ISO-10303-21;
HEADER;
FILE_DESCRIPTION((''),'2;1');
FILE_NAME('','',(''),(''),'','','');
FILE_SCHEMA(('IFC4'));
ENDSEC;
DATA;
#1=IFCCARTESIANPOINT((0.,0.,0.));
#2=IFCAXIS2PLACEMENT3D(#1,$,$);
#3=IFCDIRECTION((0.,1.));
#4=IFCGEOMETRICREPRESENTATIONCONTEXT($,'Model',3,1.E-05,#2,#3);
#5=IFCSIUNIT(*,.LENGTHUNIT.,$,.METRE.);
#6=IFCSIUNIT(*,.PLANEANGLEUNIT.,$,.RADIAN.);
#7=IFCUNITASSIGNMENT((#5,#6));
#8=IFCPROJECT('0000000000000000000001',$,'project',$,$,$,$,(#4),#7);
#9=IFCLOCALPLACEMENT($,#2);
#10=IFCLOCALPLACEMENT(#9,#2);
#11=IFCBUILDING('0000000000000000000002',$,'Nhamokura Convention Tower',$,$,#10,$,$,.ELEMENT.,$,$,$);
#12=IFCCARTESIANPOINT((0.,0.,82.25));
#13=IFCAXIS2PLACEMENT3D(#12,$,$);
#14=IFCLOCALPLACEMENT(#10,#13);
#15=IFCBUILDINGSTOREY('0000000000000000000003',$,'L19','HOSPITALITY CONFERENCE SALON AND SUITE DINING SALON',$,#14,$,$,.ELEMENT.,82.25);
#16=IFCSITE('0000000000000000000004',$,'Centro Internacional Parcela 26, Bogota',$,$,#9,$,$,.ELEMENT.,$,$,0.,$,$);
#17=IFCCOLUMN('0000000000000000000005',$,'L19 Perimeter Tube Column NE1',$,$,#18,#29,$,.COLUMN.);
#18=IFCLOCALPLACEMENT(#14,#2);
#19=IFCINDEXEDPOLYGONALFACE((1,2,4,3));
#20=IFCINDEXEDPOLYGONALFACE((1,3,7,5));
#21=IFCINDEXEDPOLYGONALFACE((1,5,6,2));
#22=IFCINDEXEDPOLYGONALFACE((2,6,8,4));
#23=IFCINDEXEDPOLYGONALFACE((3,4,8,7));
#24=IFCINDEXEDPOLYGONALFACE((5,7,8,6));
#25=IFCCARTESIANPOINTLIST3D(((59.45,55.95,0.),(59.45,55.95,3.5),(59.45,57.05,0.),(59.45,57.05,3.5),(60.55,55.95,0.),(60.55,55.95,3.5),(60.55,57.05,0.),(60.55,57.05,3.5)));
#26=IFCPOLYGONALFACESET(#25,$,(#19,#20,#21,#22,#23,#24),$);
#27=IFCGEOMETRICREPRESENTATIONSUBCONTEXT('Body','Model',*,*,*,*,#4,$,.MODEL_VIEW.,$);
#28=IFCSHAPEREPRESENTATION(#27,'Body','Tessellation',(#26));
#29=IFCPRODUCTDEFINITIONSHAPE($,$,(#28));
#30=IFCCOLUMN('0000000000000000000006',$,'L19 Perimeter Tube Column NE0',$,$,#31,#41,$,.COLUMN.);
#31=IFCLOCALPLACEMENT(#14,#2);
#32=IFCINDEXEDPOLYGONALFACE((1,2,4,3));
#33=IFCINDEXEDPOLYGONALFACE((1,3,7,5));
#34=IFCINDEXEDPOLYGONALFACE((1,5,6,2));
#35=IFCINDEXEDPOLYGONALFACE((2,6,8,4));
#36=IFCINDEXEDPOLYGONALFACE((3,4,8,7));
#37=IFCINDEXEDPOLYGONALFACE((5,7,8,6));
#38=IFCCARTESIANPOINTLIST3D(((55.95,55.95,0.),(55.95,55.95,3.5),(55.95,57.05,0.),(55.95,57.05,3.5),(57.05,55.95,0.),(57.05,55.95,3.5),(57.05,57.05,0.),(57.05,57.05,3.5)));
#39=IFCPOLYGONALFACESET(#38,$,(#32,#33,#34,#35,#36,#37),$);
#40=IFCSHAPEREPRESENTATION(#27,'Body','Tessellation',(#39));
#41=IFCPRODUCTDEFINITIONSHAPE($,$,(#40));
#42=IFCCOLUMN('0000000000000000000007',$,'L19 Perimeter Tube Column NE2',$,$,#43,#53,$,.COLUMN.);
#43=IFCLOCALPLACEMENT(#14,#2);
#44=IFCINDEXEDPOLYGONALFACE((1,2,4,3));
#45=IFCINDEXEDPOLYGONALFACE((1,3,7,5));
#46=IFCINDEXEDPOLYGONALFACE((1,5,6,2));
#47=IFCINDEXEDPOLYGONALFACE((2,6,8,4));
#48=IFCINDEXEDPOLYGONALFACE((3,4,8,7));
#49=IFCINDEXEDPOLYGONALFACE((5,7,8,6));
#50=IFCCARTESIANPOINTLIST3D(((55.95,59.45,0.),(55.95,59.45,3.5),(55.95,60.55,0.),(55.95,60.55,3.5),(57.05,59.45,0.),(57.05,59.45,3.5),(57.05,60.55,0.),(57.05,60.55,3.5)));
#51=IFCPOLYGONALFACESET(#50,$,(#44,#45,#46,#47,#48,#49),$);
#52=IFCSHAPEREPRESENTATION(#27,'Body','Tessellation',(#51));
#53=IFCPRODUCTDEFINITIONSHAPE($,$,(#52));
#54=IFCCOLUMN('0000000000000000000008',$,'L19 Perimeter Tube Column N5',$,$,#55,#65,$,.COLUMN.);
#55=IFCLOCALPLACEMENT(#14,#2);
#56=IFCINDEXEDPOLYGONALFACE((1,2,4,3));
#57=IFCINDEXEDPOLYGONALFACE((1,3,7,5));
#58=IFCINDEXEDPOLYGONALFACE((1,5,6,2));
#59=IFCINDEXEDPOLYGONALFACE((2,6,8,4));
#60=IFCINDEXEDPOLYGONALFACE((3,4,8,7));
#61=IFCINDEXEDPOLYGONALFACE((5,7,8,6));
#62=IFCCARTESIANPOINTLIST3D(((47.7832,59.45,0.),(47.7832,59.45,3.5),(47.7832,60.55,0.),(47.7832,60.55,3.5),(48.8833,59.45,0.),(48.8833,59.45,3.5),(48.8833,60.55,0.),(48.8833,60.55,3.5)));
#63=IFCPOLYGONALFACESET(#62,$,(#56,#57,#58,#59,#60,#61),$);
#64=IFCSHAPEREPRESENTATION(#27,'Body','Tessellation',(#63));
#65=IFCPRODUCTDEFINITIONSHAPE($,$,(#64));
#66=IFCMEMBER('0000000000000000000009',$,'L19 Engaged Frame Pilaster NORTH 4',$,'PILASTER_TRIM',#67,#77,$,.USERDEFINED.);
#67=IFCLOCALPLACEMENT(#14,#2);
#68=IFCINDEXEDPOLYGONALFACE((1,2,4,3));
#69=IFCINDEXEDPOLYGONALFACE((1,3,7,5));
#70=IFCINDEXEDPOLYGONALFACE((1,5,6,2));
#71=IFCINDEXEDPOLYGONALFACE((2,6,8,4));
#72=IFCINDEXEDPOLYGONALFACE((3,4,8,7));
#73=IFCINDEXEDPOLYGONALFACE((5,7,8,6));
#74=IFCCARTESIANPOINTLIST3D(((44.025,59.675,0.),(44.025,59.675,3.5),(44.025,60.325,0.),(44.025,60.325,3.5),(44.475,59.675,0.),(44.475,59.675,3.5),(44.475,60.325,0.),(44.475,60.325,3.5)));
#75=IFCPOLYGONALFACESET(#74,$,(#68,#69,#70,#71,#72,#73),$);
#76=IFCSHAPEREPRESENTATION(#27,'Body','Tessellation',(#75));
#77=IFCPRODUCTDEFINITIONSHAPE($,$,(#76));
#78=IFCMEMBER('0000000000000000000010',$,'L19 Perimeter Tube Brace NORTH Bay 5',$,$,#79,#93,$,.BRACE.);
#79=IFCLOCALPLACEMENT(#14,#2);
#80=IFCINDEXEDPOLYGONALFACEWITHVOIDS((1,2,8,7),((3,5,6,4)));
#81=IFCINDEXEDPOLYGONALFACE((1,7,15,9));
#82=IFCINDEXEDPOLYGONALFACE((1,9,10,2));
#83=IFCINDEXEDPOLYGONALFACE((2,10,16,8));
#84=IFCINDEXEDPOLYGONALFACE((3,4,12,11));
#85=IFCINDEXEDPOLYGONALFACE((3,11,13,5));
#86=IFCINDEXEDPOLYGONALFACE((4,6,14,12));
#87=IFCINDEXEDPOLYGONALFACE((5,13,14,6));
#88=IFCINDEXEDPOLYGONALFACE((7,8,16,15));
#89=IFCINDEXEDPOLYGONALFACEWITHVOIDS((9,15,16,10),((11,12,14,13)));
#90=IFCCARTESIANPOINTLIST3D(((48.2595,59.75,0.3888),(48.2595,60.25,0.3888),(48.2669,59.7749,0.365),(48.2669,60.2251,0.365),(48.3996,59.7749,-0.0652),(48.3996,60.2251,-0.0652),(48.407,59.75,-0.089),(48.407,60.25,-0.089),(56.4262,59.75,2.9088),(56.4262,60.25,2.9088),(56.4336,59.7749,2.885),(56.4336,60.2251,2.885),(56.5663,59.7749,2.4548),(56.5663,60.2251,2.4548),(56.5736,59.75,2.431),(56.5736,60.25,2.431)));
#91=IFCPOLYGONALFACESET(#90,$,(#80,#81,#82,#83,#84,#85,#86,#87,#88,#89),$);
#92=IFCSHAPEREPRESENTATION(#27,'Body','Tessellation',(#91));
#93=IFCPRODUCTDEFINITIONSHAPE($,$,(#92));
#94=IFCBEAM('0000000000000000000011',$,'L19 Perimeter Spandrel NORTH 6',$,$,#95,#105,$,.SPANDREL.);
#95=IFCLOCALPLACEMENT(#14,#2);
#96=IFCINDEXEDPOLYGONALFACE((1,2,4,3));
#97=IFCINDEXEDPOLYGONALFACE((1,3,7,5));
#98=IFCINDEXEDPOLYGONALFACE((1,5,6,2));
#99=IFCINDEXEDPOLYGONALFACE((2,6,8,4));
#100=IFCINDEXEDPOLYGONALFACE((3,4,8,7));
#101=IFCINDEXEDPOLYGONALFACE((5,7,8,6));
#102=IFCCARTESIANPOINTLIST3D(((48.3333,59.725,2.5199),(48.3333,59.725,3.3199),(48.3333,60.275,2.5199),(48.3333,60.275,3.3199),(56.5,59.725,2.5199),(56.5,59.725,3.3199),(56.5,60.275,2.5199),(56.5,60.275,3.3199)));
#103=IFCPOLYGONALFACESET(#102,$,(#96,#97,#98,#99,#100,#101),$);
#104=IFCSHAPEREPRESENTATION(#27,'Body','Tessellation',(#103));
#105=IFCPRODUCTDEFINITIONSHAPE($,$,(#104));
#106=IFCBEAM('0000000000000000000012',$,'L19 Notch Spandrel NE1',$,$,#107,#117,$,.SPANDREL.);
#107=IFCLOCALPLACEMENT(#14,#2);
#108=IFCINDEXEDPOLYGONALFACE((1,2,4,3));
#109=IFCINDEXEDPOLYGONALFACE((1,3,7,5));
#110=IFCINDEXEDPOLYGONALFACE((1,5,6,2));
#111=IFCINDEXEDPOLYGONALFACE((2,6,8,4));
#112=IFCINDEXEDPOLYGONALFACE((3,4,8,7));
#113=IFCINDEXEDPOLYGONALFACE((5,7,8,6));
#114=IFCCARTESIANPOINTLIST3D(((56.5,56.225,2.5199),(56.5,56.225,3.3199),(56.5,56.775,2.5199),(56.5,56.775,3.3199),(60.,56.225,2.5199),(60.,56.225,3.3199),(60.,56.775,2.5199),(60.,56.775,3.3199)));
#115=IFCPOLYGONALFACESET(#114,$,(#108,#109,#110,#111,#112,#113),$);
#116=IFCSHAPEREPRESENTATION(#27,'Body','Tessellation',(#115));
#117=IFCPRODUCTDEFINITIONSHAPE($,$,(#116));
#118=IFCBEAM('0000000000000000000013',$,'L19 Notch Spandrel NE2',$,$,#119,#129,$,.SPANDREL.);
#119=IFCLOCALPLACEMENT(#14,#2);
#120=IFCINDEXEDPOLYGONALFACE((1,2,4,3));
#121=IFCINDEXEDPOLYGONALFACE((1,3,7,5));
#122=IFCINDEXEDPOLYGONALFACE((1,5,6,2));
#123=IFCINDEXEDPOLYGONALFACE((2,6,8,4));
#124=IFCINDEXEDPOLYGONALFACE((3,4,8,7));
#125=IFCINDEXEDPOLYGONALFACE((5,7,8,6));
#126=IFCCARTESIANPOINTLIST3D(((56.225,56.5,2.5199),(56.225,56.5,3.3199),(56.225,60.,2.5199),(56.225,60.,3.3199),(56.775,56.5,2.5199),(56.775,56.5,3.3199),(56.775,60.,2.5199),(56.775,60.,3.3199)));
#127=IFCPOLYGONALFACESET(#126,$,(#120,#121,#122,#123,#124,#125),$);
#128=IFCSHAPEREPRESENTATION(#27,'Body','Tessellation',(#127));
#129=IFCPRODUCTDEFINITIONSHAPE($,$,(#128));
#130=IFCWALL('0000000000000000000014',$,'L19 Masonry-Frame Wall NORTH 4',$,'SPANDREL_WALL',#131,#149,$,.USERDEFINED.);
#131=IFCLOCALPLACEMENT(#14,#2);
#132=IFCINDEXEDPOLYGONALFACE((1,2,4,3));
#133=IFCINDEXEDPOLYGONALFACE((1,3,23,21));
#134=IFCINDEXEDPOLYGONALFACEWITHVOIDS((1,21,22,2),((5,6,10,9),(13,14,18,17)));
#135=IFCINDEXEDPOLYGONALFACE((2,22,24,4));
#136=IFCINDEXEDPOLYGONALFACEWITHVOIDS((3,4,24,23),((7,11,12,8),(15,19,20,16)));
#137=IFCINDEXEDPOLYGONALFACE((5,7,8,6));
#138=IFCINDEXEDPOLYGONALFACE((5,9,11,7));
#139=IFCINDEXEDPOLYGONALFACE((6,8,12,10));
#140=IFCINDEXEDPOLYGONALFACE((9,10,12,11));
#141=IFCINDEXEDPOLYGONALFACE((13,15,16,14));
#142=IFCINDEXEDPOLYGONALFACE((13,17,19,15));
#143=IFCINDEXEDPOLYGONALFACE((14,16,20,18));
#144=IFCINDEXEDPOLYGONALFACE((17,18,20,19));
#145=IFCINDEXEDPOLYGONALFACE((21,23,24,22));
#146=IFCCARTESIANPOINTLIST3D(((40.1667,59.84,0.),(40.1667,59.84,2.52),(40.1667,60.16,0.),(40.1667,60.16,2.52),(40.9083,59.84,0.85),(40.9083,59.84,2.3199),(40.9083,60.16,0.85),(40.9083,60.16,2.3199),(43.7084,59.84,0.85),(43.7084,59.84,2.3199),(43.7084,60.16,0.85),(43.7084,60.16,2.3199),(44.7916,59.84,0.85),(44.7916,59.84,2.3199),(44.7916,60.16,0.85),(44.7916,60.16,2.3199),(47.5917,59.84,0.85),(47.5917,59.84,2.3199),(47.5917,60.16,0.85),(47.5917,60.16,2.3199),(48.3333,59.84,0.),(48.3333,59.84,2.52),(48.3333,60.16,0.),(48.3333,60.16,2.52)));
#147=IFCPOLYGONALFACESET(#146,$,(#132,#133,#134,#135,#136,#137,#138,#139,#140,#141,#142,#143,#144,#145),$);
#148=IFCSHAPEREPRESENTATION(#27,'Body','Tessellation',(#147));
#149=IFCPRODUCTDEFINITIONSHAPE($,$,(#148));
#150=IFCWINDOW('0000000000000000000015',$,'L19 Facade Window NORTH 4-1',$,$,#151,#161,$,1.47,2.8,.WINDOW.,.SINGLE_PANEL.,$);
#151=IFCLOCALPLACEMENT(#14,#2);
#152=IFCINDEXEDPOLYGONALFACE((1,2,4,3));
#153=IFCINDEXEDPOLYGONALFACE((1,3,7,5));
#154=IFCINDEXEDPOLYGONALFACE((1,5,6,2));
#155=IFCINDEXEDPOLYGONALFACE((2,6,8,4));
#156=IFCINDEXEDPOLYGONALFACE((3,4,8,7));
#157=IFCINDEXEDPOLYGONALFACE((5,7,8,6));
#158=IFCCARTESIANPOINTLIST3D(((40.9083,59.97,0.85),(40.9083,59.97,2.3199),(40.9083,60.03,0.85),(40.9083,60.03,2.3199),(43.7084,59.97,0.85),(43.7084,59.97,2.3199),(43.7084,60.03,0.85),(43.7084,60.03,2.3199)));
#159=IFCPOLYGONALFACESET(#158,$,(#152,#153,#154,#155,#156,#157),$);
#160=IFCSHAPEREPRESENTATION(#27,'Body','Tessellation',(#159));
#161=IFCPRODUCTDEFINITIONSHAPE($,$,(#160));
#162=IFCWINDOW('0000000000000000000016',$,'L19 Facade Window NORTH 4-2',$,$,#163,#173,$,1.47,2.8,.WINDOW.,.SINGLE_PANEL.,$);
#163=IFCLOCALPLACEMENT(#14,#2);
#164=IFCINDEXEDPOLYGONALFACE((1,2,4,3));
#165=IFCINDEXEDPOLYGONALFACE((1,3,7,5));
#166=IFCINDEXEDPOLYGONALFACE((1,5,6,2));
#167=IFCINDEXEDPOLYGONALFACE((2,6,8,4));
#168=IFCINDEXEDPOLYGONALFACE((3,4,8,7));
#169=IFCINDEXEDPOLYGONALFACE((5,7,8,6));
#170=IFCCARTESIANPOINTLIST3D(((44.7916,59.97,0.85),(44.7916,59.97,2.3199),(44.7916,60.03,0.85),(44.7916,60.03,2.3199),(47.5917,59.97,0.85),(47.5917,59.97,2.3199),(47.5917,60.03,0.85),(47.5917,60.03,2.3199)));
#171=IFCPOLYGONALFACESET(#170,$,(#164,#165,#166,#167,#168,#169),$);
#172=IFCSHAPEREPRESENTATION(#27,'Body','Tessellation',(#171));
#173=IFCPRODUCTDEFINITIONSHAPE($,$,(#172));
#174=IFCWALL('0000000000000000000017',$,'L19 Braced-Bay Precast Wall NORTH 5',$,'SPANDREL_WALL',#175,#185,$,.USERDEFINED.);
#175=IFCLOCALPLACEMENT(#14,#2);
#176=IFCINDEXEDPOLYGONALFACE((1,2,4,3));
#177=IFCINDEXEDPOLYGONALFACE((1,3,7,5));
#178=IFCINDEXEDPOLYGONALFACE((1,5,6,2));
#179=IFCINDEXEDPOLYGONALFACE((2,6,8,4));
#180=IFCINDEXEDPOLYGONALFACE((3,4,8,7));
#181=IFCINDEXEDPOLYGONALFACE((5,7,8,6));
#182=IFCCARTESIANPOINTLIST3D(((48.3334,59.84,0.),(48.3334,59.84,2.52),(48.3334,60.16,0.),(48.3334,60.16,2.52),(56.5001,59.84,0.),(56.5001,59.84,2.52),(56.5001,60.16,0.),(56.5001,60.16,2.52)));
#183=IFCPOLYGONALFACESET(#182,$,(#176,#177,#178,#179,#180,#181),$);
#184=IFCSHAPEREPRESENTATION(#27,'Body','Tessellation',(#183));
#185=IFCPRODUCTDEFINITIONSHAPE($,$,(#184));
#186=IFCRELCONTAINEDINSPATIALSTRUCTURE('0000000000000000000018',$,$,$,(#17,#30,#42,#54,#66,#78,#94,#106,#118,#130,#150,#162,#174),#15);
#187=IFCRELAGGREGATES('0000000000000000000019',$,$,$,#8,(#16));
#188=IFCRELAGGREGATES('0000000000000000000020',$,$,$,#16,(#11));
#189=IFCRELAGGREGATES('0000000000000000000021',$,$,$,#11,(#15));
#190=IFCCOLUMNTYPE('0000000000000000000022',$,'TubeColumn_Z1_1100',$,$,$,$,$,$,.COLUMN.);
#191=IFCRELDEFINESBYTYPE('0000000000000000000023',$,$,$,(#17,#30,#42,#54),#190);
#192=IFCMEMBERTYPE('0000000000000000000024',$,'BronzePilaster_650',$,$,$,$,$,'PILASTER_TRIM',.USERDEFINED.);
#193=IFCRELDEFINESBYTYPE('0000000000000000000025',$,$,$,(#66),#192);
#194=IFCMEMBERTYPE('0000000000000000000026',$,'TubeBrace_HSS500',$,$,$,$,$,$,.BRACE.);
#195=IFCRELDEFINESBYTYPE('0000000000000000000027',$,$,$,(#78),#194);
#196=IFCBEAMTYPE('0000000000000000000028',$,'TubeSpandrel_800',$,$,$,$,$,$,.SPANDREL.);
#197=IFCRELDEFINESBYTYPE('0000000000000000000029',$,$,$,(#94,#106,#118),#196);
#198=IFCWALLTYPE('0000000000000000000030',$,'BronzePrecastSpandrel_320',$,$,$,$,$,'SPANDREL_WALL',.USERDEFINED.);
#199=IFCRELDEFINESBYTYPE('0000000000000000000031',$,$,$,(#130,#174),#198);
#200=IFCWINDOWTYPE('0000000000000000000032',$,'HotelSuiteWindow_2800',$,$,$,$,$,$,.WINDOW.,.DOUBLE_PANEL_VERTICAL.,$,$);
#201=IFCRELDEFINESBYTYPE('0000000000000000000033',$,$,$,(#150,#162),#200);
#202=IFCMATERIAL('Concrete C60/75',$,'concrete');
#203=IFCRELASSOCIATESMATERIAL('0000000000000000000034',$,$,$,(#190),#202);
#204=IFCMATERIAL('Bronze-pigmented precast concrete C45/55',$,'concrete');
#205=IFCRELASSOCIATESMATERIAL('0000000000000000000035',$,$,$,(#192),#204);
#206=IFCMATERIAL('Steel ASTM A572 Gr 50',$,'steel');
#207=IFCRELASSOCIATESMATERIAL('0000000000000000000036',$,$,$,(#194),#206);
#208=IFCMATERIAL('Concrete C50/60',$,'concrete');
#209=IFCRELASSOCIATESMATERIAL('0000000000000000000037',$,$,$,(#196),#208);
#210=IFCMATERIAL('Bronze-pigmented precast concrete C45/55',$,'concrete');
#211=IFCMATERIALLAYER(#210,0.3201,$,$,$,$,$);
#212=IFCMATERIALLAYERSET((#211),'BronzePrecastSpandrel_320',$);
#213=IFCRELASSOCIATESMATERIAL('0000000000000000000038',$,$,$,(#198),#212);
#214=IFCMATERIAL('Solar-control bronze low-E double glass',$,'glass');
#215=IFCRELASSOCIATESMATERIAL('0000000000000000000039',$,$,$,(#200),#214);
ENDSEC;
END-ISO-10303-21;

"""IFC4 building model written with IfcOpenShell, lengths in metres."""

from ifc_helpers import new_model, si_unit, direction, frame, frame_2d, origin, origin_2d, place, context, subcontext, project, spatial, rectangle, hollow_rectangle, extrude, material, layer, layer_set, material_profile, profile_set, type_object, element, fill, save


model = new_model("IFC4")

# Units and contexts
model_context = context("Model", 3, precision=1e-05, world=origin(), true_north=direction((0.0, 1.0)))
body_context = subcontext(model_context, "Body", "Model", "MODEL_VIEW")
ifc_project = project(units=[si_unit("LENGTHUNIT", "METRE"), si_unit("PLANEANGLEUNIT", "RADIAN")], contexts=[model_context])

# Site, building, storey
site_placement = place(None, origin())
site = spatial("IfcSite", under=ifc_project, at=site_placement, Name="Centro Internacional Parcela 26, Bogota", CompositionType="ELEMENT", RefElevation=0.0)
building_placement = place(site_placement, origin())
building = spatial("IfcBuilding", under=site, at=building_placement, Name="Nhamokura Convention Tower", CompositionType="ELEMENT")
storey_placement = place(building_placement, frame((0.0, 0.0, 82.25)))
storey = spatial("IfcBuildingStorey", under=building, at=storey_placement, Name="L19", Description="HOSPITALITY CONFERENCE SALON AND SUITE DINING SALON", CompositionType="ELEMENT", Elevation=82.25)

# Columns
ifc_material_1 = material(Name="Concrete C60/75", Category="concrete")
ifc_material_profile_1 = material_profile(ifc_material_1, rectangle(XDim=1.1001, YDim=1.1001, at=origin_2d()))
ifc_profile_set_1 = profile_set([ifc_material_profile_1], Name="Concrete C60/75")
column_type = type_object("IfcColumnType", Name="TubeColumn_Z1_1100", PredefinedType="COLUMN", material=ifc_profile_set_1)
for number, where, z_axis, x_axis, name in (
    (1, (60.0, 56.5, 0.0), (0.0, 0.0, 1.0), (1.0, 0.0, 0.0), "L19 Perimeter Tube Column NE1"),
    (2, (56.5, 56.5, 0.0), (0.0, 0.0, 1.0), (1.0, 0.0, 0.0), "L19 Perimeter Tube Column NE0"),
    (3, (56.5, 60.0, 0.0), (0.0, 0.0, 1.0), (1.0, 0.0, 0.0), "L19 Perimeter Tube Column NE2"),
    (4, (48.3333, 60.0, 0.0), (0.0, 0.0, 1.0), (1.0, 0.0, 0.0), "L19 Perimeter Tube Column N5"),
):
    element("IfcColumn", number, at=place(storey_placement, frame(where, z_axis=z_axis, x_axis=x_axis)), inside=storey, type_object=column_type, Name=name, PredefinedType="COLUMN", context=body_context, shape_type="SweptSolid", body=[
        extrude(rectangle(XDim=1.1001, YDim=1.1001, at=origin_2d()), origin(), (0.0, 0.0, 1.0), 3.5),
    ])

# Members
ifc_material_2 = material(Name="Bronze-pigmented precast concrete C45/55", Category="concrete")
ifc_material_profile_2 = material_profile(ifc_material_2, rectangle(XDim=0.45, YDim=0.6499, at=origin_2d()))
ifc_profile_set_2 = profile_set([ifc_material_profile_2], Name="Bronze-pigmented precast concrete C45/55")
member_type_1 = type_object("IfcMemberType", Name="BronzePilaster_650", ElementType="PILASTER_TRIM", PredefinedType="USERDEFINED", material=ifc_profile_set_2)
member_1_placement = place(storey_placement, frame((44.25, 60.0, 0.0), z_axis=(0.0, 0.0, 1.0), x_axis=(1.0, 0.0, 0.0)))
element("IfcMember", 5, at=member_1_placement, inside=storey, type_object=member_type_1, Name="L19 Engaged Frame Pilaster NORTH 4", ObjectType="PILASTER_TRIM", PredefinedType="USERDEFINED", context=body_context, shape_type="SweptSolid", body=[
    extrude(rectangle(XDim=0.45, YDim=0.6499, at=origin_2d()), origin(), (0.0, 0.0, 1.0), 3.5),
])
ifc_material_3 = material(Name="Steel ASTM A572 Gr 50", Category="steel")
ifc_material_profile_3 = material_profile(ifc_material_3, hollow_rectangle(XDim=0.5, YDim=0.5, WallThickness=0.0249, at=origin_2d()))
ifc_profile_set_3 = profile_set([ifc_material_profile_3], Name="Steel ASTM A572 Gr 50")
member_type_2 = type_object("IfcMemberType", Name="TubeBrace_HSS500", PredefinedType="BRACE", material=ifc_profile_set_3)
member_2_placement = place(storey_placement, frame((48.3333, 60.0, 0.1499), z_axis=(0.955543, 0.0, 0.294853), x_axis=(0.0, 1.0, 0.0)))
element("IfcMember", 6, at=member_2_placement, inside=storey, type_object=member_type_2, Name="L19 Perimeter Tube Brace NORTH Bay 5", PredefinedType="BRACE", context=body_context, shape_type="SweptSolid", body=[
    extrude(hollow_rectangle(XDim=0.5, YDim=0.5, WallThickness=0.0249, at=origin_2d()), origin(), (0.0, 0.0, 1.0), 8.5466),
])

# Beams
ifc_material_4 = material(Name="Concrete C50/60", Category="concrete")
ifc_material_profile_4 = material_profile(ifc_material_4, rectangle(XDim=0.55, YDim=0.8, at=origin_2d()))
ifc_profile_set_4 = profile_set([ifc_material_profile_4], Name="Concrete C50/60")
beam_type = type_object("IfcBeamType", Name="TubeSpandrel_800", PredefinedType="SPANDREL", material=ifc_profile_set_4)
beam_placement = place(storey_placement, frame((48.3333, 60.0, 2.9199), z_axis=(1.0, 0.0, 0.0), x_axis=(0.0, 1.0, 0.0)))
element("IfcBeam", 7, at=beam_placement, inside=storey, type_object=beam_type, Name="L19 Perimeter Spandrel NORTH 6", PredefinedType="SPANDREL", context=body_context, shape_type="SweptSolid", body=[
    extrude(rectangle(XDim=0.55, YDim=0.8, at=origin_2d()), origin(), (0.0, 0.0, 1.0), 8.1667),
])
for number, where, z_axis, x_axis, name in (
    (8, (60.0, 56.5, 2.9199), (-1.0, 0.0, 0.0), (0.0, -1.0, 0.0), "L19 Notch Spandrel NE1"),
    (9, (56.5, 56.5, 2.9199), (0.0, 1.0, 0.0), (-1.0, 0.0, 0.0), "L19 Notch Spandrel NE2"),
):
    element("IfcBeam", number, at=place(storey_placement, frame(where, z_axis=z_axis, x_axis=x_axis)), inside=storey, type_object=beam_type, Name=name, PredefinedType="SPANDREL", context=body_context, shape_type="SweptSolid", body=[
        extrude(rectangle(XDim=0.55, YDim=0.8, at=origin_2d()), origin(), (0.0, 0.0, 1.0), 3.5),
    ])

# Wall, openings, windows
ifc_material_5 = material(Name="Bronze-pigmented precast concrete C45/55", Category="concrete")
ifc_layer = layer(ifc_material_5, 0.3201)
ifc_layer_set = layer_set([ifc_layer], Name="BronzePrecastSpandrel_320")
wall_type = type_object("IfcWallType", Name="BronzePrecastSpandrel_320", ElementType="SPANDREL_WALL", PredefinedType="USERDEFINED", material=ifc_layer_set)
wall_1_placement = place(storey_placement, frame((40.1667, 60.0, 0.0), z_axis=(0.0, 0.0, 1.0), x_axis=(1.0, 0.0, 0.0)))
wall_1 = element("IfcWall", 10, at=wall_1_placement, inside=storey, type_object=wall_type, Name="L19 Masonry-Frame Wall NORTH 4", ObjectType="SPANDREL_WALL", PredefinedType="USERDEFINED", context=body_context, shape_type="SweptSolid", body=[
    extrude(rectangle(XDim=8.1665, YDim=0.3201, at=frame_2d((4.0833, 0.0))), origin(), (0.0, 0.0, 1.0), 2.52),
])
opening_1_placement = place(wall_1_placement, frame((0.7417, 0.0, 0.8501)))
opening_1 = element("IfcOpeningElement", 11, at=opening_1_placement, cuts=wall_1, PredefinedType="OPENING", context=body_context, shape_type="SweptSolid", body=[
    extrude(rectangle(XDim=2.8, YDim=1.47, at=frame_2d((1.3999, 0.7349))), frame((0.0, 0.1699, 0.0), z_axis=(0.0, -1.0, 0.0), x_axis=(1.0, 0.0, 0.0)), (0.0, 0.0, 1.0), 0.3401),
])
opening_2_placement = place(wall_1_placement, frame((4.625, 0.0, 0.8501)))
opening_2 = element("IfcOpeningElement", 12, at=opening_2_placement, cuts=wall_1, PredefinedType="OPENING", context=body_context, shape_type="SweptSolid", body=[
    extrude(rectangle(XDim=2.8, YDim=1.47, at=frame_2d((1.3999, 0.7349))), frame((0.0, 0.1699, 0.0), z_axis=(0.0, -1.0, 0.0), x_axis=(1.0, 0.0, 0.0)), (0.0, 0.0, 1.0), 0.3401),
])
ifc_material_6 = material(Name="Solar-control bronze low-E double glass", Category="glass")
window_type = type_object("IfcWindowType", Name="HotelSuiteWindow_2800", PartitioningType="DOUBLE_PANEL_VERTICAL", PredefinedType="WINDOW", material=ifc_material_6)
window_1_placement = place(opening_1_placement, origin())
window_1 = element("IfcWindow", 13, at=window_1_placement, inside=storey, type_object=window_type, Name="L19 Facade Window NORTH 4-1", OverallHeight=1.47, OverallWidth=2.8, PartitioningType="SINGLE_PANEL", PredefinedType="WINDOW", context=body_context, shape_type="SweptSolid", body=[
    extrude(rectangle(XDim=2.8, YDim=1.47, at=frame_2d((1.3999, 0.7349))), frame((0.0, 0.03, 0.0), z_axis=(0.0, -1.0, 0.0), x_axis=(1.0, 0.0, 0.0)), (0.0, 0.0, 1.0), 0.0601),
])
fill(opening_1, window_1)
window_2_placement = place(opening_2_placement, origin())
window_2 = element("IfcWindow", 14, at=window_2_placement, inside=storey, type_object=window_type, Name="L19 Facade Window NORTH 4-2", OverallHeight=1.47, OverallWidth=2.8, PartitioningType="SINGLE_PANEL", PredefinedType="WINDOW", context=body_context, shape_type="SweptSolid", body=[
    extrude(rectangle(XDim=2.8, YDim=1.47, at=frame_2d((1.3999, 0.7349))), frame((0.0, 0.03, 0.0), z_axis=(0.0, -1.0, 0.0), x_axis=(1.0, 0.0, 0.0)), (0.0, 0.0, 1.0), 0.0601),
])
fill(opening_2, window_2)

# Wall
wall_2_placement = place(storey_placement, frame((48.3333, 60.0, 0.0), z_axis=(0.0, 0.0, 1.0), x_axis=(1.0, 0.0, 0.0)))
element("IfcWall", 15, at=wall_2_placement, inside=storey, type_object=wall_type, Name="L19 Braced-Bay Precast Wall NORTH 5", ObjectType="SPANDREL_WALL", PredefinedType="USERDEFINED", context=body_context, shape_type="SweptSolid", body=[
    extrude(rectangle(XDim=8.1667, YDim=0.3201, at=frame_2d((4.0835, 0.0))), origin(), (0.0, 0.0, 1.0), 2.52),
])

save(model, "model.ifc")
